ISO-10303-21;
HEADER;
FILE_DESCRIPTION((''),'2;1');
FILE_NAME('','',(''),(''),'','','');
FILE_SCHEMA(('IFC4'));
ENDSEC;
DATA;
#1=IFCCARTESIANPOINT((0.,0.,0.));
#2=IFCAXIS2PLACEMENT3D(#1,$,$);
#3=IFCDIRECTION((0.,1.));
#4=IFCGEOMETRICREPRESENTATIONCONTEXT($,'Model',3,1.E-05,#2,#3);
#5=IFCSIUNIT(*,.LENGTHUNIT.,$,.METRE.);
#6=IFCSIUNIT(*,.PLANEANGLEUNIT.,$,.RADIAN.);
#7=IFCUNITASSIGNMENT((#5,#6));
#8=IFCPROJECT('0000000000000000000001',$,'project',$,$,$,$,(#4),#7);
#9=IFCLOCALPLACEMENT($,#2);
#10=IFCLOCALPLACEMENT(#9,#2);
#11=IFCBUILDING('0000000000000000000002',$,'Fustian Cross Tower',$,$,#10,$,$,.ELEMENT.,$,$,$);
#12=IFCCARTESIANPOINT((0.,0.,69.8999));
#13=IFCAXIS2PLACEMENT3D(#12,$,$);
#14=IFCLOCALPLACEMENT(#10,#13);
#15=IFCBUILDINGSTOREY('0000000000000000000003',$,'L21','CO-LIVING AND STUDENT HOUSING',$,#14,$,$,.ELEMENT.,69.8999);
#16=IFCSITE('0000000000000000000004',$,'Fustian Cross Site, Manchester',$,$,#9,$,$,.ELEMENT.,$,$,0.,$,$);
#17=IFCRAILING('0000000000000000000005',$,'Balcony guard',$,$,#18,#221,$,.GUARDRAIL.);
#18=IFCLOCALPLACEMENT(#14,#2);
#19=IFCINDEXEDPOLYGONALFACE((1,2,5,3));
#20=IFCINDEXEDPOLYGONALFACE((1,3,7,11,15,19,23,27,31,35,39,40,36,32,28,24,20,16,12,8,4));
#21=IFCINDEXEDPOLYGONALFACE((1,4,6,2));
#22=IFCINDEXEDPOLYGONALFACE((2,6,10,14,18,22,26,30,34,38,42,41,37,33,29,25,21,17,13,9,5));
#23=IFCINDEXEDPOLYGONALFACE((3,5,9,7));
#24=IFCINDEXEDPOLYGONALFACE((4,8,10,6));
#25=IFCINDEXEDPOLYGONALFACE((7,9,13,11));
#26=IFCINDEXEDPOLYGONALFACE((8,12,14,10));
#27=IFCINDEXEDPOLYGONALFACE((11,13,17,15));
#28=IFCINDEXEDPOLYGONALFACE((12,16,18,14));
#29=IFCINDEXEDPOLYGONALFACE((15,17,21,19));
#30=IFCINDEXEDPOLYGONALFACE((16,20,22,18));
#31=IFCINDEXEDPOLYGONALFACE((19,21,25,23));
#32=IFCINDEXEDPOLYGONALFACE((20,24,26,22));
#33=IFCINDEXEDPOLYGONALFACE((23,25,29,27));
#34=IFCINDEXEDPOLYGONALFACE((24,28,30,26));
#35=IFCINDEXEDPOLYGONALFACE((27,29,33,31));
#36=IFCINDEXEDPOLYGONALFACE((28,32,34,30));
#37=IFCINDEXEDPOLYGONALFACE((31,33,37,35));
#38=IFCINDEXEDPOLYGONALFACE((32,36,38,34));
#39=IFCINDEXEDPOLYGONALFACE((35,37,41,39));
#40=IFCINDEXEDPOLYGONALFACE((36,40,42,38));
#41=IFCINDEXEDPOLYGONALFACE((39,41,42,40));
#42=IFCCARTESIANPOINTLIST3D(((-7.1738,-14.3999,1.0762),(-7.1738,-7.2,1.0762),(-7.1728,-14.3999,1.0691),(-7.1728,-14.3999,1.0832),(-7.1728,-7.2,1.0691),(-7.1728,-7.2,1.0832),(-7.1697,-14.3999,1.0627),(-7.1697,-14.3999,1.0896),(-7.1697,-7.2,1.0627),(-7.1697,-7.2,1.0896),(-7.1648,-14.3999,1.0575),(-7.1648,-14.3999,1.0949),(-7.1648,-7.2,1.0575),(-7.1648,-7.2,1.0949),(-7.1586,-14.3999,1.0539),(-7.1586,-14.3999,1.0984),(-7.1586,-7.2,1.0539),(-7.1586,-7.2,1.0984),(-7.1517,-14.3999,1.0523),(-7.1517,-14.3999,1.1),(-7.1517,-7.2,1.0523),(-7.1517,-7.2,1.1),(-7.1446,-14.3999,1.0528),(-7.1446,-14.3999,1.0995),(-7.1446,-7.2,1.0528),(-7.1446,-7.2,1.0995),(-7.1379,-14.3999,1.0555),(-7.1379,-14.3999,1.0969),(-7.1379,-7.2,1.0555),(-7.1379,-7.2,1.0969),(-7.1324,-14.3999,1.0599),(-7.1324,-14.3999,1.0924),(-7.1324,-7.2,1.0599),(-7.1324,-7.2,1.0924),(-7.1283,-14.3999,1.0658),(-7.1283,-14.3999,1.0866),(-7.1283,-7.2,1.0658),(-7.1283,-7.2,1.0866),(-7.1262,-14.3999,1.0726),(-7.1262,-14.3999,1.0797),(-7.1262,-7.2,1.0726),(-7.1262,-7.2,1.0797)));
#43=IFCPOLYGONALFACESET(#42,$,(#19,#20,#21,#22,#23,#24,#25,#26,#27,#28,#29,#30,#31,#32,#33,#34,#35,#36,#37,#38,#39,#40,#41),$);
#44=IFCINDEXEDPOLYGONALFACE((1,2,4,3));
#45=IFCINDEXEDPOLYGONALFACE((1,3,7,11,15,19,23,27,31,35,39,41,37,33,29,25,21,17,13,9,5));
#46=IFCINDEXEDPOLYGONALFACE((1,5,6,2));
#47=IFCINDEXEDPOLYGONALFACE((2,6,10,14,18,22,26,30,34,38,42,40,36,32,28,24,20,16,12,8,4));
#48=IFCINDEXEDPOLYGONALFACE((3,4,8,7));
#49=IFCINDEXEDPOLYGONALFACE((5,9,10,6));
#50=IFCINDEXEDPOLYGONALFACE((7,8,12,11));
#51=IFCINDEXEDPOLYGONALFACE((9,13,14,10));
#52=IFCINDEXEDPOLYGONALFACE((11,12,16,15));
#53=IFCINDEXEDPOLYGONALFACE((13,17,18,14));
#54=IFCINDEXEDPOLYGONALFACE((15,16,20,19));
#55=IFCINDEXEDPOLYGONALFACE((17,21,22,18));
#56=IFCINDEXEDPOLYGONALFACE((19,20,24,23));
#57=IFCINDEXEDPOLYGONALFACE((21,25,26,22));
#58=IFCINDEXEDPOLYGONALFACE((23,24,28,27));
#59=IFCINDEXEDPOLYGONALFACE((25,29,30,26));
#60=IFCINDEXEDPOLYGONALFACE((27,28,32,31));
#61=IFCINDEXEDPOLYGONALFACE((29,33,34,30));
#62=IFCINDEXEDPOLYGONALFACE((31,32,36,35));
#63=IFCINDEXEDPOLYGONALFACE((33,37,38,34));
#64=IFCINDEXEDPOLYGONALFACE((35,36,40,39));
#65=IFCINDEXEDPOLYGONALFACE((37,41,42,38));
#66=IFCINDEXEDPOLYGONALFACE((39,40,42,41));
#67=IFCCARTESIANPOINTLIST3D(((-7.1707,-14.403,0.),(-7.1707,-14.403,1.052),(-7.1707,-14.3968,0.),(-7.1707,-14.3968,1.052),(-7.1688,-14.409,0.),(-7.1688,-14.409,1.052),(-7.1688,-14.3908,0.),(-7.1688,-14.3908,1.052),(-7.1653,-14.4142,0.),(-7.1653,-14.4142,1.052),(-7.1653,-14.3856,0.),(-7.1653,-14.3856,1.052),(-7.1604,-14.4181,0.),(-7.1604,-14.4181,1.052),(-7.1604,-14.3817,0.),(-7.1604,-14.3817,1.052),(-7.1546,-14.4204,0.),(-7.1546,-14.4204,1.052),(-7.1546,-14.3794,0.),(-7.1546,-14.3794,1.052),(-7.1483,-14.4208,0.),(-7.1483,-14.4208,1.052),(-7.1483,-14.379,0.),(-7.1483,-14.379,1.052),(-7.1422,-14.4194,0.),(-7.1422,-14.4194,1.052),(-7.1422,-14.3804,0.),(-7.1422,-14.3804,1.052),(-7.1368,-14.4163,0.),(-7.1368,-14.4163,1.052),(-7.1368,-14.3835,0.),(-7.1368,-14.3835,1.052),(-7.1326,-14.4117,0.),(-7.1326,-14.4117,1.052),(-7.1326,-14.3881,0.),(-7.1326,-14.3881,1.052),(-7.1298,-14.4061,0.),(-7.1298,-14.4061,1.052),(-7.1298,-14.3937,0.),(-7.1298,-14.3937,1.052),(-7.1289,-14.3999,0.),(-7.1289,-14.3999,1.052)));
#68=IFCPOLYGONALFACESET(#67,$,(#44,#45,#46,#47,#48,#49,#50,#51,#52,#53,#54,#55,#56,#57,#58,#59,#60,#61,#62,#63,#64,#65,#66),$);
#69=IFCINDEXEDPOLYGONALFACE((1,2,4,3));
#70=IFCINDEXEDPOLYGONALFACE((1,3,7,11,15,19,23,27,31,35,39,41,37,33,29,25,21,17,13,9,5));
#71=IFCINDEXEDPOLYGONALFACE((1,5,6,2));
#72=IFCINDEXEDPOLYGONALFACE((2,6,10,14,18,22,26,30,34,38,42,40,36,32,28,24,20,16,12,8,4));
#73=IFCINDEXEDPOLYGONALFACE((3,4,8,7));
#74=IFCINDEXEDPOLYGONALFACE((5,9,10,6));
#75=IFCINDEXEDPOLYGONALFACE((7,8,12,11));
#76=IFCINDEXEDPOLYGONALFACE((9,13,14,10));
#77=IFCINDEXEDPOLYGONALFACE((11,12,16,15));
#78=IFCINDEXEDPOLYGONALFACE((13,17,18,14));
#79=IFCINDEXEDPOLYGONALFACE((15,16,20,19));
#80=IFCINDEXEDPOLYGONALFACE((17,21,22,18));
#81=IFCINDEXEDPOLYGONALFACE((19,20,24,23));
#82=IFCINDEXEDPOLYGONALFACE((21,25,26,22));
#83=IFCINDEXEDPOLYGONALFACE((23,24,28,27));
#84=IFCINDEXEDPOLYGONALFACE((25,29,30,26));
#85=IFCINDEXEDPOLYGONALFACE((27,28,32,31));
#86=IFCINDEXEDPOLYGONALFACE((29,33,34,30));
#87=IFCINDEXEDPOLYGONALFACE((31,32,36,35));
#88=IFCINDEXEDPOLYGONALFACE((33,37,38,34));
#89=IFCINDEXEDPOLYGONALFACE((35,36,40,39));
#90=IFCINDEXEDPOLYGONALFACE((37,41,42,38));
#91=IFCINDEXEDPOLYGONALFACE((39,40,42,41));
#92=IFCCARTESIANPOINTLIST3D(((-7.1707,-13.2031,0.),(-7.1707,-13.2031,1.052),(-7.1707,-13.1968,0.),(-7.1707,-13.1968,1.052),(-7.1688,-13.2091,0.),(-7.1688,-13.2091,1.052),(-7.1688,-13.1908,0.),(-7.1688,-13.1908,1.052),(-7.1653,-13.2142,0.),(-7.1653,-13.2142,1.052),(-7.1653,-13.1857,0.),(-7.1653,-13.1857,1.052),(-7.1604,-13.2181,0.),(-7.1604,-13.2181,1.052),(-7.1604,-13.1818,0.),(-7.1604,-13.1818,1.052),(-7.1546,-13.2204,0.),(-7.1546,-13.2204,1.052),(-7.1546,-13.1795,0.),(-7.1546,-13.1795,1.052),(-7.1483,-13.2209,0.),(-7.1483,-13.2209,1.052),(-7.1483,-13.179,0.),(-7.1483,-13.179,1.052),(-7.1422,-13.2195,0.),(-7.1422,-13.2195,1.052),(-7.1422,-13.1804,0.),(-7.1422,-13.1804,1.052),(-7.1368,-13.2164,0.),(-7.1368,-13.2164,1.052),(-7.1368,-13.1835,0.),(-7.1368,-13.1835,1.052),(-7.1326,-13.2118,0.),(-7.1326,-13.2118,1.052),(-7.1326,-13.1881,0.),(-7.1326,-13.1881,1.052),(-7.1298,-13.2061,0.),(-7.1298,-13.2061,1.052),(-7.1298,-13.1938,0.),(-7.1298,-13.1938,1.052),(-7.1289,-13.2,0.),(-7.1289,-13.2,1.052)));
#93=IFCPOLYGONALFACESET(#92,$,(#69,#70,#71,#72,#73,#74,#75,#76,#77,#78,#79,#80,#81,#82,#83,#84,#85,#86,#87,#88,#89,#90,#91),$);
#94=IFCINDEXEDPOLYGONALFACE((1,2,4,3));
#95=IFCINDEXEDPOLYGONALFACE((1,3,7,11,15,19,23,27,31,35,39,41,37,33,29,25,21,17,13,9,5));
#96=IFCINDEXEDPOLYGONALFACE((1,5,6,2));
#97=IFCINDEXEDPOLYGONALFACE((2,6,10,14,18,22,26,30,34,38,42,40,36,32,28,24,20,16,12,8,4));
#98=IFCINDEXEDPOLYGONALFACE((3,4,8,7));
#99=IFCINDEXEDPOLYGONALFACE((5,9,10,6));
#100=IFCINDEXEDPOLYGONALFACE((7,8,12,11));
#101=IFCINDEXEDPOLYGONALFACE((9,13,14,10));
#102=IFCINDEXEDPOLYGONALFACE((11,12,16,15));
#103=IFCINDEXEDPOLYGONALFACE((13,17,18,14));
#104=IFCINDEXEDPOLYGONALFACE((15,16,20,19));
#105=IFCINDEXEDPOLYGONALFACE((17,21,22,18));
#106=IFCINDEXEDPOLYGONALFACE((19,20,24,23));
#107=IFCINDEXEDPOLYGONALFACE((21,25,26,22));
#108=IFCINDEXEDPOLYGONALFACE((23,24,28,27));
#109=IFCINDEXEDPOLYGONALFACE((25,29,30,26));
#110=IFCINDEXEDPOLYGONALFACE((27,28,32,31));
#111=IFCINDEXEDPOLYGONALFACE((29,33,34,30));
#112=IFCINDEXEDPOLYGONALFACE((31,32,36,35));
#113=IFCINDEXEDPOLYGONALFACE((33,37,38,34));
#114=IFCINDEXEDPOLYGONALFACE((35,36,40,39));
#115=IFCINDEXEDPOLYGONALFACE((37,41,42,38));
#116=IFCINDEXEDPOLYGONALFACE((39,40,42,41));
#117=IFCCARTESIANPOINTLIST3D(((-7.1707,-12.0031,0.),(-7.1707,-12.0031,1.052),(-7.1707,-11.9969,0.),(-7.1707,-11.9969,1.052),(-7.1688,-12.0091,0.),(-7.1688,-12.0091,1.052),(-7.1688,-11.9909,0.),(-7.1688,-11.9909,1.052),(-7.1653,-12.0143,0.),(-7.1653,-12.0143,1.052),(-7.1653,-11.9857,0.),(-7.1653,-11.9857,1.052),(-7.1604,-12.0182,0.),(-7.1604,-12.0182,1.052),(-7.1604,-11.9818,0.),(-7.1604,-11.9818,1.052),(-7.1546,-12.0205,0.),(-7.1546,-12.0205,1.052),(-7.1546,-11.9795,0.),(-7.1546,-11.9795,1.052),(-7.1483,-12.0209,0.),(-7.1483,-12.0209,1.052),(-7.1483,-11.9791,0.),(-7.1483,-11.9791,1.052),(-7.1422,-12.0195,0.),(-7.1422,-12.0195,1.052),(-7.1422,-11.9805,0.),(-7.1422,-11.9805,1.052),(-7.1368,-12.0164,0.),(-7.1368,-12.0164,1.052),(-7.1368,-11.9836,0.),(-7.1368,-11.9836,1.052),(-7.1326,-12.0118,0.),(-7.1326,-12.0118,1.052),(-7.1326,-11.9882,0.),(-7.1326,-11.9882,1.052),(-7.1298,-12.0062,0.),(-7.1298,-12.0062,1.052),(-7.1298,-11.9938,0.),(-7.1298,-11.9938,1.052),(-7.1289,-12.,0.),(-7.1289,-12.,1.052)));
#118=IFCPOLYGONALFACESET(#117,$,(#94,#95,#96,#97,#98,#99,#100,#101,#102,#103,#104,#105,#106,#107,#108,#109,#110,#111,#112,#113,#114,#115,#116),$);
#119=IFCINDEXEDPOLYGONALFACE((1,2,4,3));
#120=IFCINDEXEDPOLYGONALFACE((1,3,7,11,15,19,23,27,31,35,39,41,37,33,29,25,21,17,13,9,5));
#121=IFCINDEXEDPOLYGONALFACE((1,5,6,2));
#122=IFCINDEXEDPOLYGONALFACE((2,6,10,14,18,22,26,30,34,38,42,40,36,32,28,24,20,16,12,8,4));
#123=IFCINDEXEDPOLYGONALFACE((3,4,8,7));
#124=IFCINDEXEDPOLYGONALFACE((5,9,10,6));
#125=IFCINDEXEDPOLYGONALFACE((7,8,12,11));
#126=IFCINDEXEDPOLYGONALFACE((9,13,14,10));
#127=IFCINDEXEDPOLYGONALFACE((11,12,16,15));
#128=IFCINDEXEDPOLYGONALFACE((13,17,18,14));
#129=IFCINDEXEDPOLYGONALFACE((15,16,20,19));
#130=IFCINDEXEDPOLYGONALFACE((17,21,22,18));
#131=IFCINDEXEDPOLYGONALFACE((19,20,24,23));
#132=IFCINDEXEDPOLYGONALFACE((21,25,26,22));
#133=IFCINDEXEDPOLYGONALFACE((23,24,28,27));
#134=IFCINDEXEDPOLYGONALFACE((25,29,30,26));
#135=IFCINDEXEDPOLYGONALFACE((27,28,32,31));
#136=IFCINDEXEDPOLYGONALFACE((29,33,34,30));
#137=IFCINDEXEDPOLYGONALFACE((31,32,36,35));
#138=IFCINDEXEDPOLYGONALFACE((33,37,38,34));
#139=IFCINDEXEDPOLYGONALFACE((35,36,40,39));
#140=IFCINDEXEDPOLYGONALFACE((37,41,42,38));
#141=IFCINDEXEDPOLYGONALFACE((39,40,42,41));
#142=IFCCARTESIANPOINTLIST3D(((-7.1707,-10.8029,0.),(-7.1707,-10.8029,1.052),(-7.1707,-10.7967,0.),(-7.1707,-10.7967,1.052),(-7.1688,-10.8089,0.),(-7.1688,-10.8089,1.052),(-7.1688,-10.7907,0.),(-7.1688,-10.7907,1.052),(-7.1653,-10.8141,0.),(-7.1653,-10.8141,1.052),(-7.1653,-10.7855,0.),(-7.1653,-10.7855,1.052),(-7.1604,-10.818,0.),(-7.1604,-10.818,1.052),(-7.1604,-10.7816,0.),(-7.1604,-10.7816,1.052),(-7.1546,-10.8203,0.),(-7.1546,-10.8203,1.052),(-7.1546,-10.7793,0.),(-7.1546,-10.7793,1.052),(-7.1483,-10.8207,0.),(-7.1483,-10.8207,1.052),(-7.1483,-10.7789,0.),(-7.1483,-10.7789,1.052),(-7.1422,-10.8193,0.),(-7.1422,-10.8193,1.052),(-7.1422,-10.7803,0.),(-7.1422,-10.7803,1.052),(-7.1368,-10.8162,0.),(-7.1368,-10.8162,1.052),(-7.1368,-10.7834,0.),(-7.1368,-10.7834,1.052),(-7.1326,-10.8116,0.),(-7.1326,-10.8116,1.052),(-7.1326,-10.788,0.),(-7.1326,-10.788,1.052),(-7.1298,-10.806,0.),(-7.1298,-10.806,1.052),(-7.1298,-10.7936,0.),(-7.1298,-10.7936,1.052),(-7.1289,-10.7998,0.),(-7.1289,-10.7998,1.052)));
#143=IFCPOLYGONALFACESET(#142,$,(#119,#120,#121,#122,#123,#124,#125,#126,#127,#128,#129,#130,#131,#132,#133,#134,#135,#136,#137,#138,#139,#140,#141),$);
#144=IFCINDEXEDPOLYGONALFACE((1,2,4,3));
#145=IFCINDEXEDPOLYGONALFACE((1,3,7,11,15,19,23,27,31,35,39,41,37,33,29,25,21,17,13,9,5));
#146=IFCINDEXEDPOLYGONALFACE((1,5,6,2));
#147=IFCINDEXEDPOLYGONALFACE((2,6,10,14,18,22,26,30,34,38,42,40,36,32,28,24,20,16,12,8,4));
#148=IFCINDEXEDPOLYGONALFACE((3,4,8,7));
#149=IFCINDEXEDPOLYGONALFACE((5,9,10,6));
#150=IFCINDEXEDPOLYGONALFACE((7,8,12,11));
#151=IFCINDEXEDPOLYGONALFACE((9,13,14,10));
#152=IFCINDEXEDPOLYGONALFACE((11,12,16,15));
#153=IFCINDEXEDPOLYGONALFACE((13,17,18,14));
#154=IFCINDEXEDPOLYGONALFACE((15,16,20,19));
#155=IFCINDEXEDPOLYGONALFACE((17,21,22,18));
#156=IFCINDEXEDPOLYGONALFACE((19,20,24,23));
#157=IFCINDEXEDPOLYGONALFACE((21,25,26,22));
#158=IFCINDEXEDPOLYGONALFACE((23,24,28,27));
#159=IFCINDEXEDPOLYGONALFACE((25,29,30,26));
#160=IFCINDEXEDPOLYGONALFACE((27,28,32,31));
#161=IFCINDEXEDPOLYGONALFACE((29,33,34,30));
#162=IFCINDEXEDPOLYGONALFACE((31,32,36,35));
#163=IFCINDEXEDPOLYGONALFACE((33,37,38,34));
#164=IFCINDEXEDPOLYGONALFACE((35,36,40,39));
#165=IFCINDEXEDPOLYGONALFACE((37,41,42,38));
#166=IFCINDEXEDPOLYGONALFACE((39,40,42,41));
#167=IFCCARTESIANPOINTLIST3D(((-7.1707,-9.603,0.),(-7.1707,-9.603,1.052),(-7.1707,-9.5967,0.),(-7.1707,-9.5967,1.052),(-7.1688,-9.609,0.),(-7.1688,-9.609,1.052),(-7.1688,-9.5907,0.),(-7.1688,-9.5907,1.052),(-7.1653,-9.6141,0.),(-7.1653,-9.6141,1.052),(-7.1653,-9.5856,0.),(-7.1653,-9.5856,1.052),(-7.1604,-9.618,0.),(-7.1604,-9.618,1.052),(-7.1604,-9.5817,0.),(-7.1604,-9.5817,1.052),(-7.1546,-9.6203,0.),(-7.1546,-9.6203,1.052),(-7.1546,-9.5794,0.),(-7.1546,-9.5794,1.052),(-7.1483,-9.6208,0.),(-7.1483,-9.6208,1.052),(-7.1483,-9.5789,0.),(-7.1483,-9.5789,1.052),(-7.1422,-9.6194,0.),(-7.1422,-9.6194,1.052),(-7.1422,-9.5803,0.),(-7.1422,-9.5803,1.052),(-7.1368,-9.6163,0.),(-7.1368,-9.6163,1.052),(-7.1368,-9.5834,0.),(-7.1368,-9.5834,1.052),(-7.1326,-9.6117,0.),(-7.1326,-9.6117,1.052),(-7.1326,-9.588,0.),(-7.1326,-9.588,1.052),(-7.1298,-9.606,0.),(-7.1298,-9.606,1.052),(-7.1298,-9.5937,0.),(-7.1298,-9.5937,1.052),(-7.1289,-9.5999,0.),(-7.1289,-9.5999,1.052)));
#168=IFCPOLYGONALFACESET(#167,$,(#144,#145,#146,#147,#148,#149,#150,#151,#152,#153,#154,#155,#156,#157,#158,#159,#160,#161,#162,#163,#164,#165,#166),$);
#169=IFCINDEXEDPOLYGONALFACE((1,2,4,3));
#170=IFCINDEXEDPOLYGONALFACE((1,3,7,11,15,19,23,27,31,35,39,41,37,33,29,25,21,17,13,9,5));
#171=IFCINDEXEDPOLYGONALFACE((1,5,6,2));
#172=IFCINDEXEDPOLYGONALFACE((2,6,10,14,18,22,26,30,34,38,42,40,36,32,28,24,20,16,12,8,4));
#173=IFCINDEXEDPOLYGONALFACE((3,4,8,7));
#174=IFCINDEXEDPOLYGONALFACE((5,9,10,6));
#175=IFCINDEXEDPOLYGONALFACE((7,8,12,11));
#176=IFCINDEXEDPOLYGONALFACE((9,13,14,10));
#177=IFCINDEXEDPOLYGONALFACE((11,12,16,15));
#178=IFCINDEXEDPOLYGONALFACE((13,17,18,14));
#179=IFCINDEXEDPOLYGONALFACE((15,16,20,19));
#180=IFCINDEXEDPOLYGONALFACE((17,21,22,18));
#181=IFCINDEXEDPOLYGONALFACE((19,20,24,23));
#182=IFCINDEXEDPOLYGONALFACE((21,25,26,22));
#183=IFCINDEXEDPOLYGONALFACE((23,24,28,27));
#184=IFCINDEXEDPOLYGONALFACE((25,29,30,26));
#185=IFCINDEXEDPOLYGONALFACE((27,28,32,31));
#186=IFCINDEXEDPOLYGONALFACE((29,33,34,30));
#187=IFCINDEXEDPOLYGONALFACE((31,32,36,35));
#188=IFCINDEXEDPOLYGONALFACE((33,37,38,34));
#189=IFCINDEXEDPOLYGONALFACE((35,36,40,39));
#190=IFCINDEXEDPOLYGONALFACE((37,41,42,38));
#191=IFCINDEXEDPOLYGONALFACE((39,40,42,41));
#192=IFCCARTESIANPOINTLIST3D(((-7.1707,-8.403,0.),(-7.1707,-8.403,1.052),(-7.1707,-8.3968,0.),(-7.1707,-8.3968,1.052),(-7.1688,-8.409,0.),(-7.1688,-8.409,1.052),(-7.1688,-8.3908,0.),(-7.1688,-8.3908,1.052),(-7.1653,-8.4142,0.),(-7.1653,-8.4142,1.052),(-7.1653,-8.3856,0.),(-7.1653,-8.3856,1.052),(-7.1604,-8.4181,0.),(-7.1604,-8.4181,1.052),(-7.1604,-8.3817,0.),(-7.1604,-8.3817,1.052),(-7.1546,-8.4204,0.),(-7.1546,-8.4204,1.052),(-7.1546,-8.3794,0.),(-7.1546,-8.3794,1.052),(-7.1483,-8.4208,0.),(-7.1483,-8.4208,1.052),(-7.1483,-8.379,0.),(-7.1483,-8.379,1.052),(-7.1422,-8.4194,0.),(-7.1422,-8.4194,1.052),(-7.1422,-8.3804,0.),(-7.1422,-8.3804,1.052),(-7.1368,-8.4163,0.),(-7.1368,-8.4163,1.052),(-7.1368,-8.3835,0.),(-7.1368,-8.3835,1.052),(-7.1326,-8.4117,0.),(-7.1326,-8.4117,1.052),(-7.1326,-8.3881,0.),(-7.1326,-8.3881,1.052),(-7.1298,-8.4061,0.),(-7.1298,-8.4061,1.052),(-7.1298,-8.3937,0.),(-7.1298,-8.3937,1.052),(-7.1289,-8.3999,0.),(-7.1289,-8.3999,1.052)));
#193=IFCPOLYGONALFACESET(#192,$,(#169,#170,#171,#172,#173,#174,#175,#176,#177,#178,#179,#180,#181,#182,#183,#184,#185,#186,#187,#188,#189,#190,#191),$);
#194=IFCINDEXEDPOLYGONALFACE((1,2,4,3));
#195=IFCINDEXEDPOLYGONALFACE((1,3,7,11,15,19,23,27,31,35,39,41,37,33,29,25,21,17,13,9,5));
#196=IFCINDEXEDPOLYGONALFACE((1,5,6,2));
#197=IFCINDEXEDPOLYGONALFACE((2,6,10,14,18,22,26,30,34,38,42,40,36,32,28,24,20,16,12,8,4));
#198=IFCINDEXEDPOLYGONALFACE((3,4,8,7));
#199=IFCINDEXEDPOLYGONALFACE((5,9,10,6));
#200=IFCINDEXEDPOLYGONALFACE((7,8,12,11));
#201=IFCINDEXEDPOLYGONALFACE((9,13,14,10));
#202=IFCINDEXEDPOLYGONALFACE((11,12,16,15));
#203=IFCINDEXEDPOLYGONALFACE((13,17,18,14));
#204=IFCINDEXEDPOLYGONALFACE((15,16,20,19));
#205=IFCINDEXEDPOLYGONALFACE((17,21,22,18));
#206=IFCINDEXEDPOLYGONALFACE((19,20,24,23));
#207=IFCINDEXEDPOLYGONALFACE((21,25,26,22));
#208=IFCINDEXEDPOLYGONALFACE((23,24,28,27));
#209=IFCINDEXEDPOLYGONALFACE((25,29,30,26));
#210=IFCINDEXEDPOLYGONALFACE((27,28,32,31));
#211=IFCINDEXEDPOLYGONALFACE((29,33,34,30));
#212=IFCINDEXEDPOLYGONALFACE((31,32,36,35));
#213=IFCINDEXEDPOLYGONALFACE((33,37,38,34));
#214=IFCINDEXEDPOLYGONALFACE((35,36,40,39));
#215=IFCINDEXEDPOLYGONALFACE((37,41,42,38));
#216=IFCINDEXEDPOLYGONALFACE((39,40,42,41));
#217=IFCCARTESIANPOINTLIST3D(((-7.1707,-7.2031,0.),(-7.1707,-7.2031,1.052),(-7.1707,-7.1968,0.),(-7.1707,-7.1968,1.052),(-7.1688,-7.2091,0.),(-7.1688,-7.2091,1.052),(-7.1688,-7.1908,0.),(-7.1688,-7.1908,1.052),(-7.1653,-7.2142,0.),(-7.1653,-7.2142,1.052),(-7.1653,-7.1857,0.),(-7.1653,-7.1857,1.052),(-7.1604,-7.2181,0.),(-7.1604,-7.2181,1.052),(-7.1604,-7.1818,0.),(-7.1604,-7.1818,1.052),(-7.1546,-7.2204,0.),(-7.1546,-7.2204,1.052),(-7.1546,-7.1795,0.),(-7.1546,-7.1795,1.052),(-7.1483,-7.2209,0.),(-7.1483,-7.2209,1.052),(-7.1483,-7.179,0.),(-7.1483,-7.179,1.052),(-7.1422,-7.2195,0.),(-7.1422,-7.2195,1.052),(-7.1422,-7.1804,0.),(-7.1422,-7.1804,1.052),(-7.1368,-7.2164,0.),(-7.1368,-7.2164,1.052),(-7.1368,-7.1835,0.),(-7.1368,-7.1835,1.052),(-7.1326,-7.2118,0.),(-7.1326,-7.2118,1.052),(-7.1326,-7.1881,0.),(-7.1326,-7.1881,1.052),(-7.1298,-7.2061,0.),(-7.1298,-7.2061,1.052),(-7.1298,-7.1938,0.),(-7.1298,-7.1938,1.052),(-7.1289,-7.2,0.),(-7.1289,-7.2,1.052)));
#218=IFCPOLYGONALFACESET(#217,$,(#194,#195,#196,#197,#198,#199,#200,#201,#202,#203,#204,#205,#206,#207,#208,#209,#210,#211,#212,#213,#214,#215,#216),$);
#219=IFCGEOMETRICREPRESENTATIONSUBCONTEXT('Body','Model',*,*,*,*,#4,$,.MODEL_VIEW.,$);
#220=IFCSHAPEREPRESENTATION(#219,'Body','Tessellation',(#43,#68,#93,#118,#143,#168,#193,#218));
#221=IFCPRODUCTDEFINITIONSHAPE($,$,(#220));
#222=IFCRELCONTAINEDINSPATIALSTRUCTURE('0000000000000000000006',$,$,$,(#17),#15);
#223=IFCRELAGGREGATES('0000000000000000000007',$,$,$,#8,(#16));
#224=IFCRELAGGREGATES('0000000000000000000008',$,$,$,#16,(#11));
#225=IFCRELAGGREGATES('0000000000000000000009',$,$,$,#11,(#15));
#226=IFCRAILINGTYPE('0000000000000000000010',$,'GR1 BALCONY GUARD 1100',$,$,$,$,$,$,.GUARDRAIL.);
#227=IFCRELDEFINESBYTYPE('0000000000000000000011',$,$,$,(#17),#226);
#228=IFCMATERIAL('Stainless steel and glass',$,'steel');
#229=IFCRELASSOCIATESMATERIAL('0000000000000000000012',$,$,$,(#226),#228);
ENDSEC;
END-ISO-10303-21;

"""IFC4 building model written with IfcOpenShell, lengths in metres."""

from ifc_helpers import new_model, si_unit, direction, frame, origin, origin_2d, place, context, subcontext, project, spatial, circle, extrude, material, type_object, element, save


model = new_model("IFC4")

# Units and contexts
model_context = context("Model", 3, precision=1e-05, world=origin(), true_north=direction((0.0, 1.0)))
body_context = subcontext(model_context, "Body", "Model", "MODEL_VIEW")
ifc_project = project(units=[si_unit("LENGTHUNIT", "METRE"), si_unit("PLANEANGLEUNIT", "RADIAN")], contexts=[model_context])

# Site, building, storey
site_placement = place(None, origin())
site = spatial("IfcSite", under=ifc_project, at=site_placement, Name="Fustian Cross Site, Manchester", CompositionType="ELEMENT", RefElevation=0.0)
building_placement = place(site_placement, origin())
building = spatial("IfcBuilding", under=site, at=building_placement, Name="Fustian Cross Tower", CompositionType="ELEMENT")
storey_placement = place(building_placement, frame((0.0, 0.0, 69.8999)))
storey = spatial("IfcBuildingStorey", under=building, at=storey_placement, Name="L21", Description="CO-LIVING AND STUDENT HOUSING", CompositionType="ELEMENT", Elevation=69.8999)

# Railing
ifc_material_1 = material(Name="Stainless steel and glass", Category="steel")
railing_type = type_object("IfcRailingType", Name="GR1 BALCONY GUARD 1100", PredefinedType="GUARDRAIL", material=ifc_material_1)
railing_placement = place(storey_placement, frame((-7.1499, -14.3999, 0.0)))
element("IfcRailing", 1, at=railing_placement, inside=storey, type_object=railing_type, Name="Balcony guard", PredefinedType="GUARDRAIL", context=body_context, shape_type="SweptSolid", body=[
    extrude(circle(Radius=0.0239, at=origin_2d()), frame((0.0, 0.0, 1.0762), z_axis=(0.0, 1.0, 0.0), x_axis=(-1.0, 0.0, 0.0)), (0.0, 0.0, 1.0), 7.2),
    extrude(circle(Radius=0.021, at=origin_2d()), origin(), (0.0, 0.0, 1.0), 1.052),
    extrude(circle(Radius=0.021, at=origin_2d()), frame((0.0, 1.2, 0.0)), (0.0, 0.0, 1.0), 1.052),
    extrude(circle(Radius=0.021, at=origin_2d()), frame((0.0, 2.3999, 0.0)), (0.0, 0.0, 1.0), 1.052),
    extrude(circle(Radius=0.021, at=origin_2d()), frame((0.0, 3.6001, 0.0)), (0.0, 0.0, 1.0), 1.052),
    extrude(circle(Radius=0.021, at=origin_2d()), frame((0.0, 4.8, 0.0)), (0.0, 0.0, 1.0), 1.052),
    extrude(circle(Radius=0.021, at=origin_2d()), frame((0.0, 6.0, 0.0)), (0.0, 0.0, 1.0), 1.052),
    extrude(circle(Radius=0.021, at=origin_2d()), frame((0.0, 7.2, 0.0)), (0.0, 0.0, 1.0), 1.052),
])

save(model, "model.ifc")
